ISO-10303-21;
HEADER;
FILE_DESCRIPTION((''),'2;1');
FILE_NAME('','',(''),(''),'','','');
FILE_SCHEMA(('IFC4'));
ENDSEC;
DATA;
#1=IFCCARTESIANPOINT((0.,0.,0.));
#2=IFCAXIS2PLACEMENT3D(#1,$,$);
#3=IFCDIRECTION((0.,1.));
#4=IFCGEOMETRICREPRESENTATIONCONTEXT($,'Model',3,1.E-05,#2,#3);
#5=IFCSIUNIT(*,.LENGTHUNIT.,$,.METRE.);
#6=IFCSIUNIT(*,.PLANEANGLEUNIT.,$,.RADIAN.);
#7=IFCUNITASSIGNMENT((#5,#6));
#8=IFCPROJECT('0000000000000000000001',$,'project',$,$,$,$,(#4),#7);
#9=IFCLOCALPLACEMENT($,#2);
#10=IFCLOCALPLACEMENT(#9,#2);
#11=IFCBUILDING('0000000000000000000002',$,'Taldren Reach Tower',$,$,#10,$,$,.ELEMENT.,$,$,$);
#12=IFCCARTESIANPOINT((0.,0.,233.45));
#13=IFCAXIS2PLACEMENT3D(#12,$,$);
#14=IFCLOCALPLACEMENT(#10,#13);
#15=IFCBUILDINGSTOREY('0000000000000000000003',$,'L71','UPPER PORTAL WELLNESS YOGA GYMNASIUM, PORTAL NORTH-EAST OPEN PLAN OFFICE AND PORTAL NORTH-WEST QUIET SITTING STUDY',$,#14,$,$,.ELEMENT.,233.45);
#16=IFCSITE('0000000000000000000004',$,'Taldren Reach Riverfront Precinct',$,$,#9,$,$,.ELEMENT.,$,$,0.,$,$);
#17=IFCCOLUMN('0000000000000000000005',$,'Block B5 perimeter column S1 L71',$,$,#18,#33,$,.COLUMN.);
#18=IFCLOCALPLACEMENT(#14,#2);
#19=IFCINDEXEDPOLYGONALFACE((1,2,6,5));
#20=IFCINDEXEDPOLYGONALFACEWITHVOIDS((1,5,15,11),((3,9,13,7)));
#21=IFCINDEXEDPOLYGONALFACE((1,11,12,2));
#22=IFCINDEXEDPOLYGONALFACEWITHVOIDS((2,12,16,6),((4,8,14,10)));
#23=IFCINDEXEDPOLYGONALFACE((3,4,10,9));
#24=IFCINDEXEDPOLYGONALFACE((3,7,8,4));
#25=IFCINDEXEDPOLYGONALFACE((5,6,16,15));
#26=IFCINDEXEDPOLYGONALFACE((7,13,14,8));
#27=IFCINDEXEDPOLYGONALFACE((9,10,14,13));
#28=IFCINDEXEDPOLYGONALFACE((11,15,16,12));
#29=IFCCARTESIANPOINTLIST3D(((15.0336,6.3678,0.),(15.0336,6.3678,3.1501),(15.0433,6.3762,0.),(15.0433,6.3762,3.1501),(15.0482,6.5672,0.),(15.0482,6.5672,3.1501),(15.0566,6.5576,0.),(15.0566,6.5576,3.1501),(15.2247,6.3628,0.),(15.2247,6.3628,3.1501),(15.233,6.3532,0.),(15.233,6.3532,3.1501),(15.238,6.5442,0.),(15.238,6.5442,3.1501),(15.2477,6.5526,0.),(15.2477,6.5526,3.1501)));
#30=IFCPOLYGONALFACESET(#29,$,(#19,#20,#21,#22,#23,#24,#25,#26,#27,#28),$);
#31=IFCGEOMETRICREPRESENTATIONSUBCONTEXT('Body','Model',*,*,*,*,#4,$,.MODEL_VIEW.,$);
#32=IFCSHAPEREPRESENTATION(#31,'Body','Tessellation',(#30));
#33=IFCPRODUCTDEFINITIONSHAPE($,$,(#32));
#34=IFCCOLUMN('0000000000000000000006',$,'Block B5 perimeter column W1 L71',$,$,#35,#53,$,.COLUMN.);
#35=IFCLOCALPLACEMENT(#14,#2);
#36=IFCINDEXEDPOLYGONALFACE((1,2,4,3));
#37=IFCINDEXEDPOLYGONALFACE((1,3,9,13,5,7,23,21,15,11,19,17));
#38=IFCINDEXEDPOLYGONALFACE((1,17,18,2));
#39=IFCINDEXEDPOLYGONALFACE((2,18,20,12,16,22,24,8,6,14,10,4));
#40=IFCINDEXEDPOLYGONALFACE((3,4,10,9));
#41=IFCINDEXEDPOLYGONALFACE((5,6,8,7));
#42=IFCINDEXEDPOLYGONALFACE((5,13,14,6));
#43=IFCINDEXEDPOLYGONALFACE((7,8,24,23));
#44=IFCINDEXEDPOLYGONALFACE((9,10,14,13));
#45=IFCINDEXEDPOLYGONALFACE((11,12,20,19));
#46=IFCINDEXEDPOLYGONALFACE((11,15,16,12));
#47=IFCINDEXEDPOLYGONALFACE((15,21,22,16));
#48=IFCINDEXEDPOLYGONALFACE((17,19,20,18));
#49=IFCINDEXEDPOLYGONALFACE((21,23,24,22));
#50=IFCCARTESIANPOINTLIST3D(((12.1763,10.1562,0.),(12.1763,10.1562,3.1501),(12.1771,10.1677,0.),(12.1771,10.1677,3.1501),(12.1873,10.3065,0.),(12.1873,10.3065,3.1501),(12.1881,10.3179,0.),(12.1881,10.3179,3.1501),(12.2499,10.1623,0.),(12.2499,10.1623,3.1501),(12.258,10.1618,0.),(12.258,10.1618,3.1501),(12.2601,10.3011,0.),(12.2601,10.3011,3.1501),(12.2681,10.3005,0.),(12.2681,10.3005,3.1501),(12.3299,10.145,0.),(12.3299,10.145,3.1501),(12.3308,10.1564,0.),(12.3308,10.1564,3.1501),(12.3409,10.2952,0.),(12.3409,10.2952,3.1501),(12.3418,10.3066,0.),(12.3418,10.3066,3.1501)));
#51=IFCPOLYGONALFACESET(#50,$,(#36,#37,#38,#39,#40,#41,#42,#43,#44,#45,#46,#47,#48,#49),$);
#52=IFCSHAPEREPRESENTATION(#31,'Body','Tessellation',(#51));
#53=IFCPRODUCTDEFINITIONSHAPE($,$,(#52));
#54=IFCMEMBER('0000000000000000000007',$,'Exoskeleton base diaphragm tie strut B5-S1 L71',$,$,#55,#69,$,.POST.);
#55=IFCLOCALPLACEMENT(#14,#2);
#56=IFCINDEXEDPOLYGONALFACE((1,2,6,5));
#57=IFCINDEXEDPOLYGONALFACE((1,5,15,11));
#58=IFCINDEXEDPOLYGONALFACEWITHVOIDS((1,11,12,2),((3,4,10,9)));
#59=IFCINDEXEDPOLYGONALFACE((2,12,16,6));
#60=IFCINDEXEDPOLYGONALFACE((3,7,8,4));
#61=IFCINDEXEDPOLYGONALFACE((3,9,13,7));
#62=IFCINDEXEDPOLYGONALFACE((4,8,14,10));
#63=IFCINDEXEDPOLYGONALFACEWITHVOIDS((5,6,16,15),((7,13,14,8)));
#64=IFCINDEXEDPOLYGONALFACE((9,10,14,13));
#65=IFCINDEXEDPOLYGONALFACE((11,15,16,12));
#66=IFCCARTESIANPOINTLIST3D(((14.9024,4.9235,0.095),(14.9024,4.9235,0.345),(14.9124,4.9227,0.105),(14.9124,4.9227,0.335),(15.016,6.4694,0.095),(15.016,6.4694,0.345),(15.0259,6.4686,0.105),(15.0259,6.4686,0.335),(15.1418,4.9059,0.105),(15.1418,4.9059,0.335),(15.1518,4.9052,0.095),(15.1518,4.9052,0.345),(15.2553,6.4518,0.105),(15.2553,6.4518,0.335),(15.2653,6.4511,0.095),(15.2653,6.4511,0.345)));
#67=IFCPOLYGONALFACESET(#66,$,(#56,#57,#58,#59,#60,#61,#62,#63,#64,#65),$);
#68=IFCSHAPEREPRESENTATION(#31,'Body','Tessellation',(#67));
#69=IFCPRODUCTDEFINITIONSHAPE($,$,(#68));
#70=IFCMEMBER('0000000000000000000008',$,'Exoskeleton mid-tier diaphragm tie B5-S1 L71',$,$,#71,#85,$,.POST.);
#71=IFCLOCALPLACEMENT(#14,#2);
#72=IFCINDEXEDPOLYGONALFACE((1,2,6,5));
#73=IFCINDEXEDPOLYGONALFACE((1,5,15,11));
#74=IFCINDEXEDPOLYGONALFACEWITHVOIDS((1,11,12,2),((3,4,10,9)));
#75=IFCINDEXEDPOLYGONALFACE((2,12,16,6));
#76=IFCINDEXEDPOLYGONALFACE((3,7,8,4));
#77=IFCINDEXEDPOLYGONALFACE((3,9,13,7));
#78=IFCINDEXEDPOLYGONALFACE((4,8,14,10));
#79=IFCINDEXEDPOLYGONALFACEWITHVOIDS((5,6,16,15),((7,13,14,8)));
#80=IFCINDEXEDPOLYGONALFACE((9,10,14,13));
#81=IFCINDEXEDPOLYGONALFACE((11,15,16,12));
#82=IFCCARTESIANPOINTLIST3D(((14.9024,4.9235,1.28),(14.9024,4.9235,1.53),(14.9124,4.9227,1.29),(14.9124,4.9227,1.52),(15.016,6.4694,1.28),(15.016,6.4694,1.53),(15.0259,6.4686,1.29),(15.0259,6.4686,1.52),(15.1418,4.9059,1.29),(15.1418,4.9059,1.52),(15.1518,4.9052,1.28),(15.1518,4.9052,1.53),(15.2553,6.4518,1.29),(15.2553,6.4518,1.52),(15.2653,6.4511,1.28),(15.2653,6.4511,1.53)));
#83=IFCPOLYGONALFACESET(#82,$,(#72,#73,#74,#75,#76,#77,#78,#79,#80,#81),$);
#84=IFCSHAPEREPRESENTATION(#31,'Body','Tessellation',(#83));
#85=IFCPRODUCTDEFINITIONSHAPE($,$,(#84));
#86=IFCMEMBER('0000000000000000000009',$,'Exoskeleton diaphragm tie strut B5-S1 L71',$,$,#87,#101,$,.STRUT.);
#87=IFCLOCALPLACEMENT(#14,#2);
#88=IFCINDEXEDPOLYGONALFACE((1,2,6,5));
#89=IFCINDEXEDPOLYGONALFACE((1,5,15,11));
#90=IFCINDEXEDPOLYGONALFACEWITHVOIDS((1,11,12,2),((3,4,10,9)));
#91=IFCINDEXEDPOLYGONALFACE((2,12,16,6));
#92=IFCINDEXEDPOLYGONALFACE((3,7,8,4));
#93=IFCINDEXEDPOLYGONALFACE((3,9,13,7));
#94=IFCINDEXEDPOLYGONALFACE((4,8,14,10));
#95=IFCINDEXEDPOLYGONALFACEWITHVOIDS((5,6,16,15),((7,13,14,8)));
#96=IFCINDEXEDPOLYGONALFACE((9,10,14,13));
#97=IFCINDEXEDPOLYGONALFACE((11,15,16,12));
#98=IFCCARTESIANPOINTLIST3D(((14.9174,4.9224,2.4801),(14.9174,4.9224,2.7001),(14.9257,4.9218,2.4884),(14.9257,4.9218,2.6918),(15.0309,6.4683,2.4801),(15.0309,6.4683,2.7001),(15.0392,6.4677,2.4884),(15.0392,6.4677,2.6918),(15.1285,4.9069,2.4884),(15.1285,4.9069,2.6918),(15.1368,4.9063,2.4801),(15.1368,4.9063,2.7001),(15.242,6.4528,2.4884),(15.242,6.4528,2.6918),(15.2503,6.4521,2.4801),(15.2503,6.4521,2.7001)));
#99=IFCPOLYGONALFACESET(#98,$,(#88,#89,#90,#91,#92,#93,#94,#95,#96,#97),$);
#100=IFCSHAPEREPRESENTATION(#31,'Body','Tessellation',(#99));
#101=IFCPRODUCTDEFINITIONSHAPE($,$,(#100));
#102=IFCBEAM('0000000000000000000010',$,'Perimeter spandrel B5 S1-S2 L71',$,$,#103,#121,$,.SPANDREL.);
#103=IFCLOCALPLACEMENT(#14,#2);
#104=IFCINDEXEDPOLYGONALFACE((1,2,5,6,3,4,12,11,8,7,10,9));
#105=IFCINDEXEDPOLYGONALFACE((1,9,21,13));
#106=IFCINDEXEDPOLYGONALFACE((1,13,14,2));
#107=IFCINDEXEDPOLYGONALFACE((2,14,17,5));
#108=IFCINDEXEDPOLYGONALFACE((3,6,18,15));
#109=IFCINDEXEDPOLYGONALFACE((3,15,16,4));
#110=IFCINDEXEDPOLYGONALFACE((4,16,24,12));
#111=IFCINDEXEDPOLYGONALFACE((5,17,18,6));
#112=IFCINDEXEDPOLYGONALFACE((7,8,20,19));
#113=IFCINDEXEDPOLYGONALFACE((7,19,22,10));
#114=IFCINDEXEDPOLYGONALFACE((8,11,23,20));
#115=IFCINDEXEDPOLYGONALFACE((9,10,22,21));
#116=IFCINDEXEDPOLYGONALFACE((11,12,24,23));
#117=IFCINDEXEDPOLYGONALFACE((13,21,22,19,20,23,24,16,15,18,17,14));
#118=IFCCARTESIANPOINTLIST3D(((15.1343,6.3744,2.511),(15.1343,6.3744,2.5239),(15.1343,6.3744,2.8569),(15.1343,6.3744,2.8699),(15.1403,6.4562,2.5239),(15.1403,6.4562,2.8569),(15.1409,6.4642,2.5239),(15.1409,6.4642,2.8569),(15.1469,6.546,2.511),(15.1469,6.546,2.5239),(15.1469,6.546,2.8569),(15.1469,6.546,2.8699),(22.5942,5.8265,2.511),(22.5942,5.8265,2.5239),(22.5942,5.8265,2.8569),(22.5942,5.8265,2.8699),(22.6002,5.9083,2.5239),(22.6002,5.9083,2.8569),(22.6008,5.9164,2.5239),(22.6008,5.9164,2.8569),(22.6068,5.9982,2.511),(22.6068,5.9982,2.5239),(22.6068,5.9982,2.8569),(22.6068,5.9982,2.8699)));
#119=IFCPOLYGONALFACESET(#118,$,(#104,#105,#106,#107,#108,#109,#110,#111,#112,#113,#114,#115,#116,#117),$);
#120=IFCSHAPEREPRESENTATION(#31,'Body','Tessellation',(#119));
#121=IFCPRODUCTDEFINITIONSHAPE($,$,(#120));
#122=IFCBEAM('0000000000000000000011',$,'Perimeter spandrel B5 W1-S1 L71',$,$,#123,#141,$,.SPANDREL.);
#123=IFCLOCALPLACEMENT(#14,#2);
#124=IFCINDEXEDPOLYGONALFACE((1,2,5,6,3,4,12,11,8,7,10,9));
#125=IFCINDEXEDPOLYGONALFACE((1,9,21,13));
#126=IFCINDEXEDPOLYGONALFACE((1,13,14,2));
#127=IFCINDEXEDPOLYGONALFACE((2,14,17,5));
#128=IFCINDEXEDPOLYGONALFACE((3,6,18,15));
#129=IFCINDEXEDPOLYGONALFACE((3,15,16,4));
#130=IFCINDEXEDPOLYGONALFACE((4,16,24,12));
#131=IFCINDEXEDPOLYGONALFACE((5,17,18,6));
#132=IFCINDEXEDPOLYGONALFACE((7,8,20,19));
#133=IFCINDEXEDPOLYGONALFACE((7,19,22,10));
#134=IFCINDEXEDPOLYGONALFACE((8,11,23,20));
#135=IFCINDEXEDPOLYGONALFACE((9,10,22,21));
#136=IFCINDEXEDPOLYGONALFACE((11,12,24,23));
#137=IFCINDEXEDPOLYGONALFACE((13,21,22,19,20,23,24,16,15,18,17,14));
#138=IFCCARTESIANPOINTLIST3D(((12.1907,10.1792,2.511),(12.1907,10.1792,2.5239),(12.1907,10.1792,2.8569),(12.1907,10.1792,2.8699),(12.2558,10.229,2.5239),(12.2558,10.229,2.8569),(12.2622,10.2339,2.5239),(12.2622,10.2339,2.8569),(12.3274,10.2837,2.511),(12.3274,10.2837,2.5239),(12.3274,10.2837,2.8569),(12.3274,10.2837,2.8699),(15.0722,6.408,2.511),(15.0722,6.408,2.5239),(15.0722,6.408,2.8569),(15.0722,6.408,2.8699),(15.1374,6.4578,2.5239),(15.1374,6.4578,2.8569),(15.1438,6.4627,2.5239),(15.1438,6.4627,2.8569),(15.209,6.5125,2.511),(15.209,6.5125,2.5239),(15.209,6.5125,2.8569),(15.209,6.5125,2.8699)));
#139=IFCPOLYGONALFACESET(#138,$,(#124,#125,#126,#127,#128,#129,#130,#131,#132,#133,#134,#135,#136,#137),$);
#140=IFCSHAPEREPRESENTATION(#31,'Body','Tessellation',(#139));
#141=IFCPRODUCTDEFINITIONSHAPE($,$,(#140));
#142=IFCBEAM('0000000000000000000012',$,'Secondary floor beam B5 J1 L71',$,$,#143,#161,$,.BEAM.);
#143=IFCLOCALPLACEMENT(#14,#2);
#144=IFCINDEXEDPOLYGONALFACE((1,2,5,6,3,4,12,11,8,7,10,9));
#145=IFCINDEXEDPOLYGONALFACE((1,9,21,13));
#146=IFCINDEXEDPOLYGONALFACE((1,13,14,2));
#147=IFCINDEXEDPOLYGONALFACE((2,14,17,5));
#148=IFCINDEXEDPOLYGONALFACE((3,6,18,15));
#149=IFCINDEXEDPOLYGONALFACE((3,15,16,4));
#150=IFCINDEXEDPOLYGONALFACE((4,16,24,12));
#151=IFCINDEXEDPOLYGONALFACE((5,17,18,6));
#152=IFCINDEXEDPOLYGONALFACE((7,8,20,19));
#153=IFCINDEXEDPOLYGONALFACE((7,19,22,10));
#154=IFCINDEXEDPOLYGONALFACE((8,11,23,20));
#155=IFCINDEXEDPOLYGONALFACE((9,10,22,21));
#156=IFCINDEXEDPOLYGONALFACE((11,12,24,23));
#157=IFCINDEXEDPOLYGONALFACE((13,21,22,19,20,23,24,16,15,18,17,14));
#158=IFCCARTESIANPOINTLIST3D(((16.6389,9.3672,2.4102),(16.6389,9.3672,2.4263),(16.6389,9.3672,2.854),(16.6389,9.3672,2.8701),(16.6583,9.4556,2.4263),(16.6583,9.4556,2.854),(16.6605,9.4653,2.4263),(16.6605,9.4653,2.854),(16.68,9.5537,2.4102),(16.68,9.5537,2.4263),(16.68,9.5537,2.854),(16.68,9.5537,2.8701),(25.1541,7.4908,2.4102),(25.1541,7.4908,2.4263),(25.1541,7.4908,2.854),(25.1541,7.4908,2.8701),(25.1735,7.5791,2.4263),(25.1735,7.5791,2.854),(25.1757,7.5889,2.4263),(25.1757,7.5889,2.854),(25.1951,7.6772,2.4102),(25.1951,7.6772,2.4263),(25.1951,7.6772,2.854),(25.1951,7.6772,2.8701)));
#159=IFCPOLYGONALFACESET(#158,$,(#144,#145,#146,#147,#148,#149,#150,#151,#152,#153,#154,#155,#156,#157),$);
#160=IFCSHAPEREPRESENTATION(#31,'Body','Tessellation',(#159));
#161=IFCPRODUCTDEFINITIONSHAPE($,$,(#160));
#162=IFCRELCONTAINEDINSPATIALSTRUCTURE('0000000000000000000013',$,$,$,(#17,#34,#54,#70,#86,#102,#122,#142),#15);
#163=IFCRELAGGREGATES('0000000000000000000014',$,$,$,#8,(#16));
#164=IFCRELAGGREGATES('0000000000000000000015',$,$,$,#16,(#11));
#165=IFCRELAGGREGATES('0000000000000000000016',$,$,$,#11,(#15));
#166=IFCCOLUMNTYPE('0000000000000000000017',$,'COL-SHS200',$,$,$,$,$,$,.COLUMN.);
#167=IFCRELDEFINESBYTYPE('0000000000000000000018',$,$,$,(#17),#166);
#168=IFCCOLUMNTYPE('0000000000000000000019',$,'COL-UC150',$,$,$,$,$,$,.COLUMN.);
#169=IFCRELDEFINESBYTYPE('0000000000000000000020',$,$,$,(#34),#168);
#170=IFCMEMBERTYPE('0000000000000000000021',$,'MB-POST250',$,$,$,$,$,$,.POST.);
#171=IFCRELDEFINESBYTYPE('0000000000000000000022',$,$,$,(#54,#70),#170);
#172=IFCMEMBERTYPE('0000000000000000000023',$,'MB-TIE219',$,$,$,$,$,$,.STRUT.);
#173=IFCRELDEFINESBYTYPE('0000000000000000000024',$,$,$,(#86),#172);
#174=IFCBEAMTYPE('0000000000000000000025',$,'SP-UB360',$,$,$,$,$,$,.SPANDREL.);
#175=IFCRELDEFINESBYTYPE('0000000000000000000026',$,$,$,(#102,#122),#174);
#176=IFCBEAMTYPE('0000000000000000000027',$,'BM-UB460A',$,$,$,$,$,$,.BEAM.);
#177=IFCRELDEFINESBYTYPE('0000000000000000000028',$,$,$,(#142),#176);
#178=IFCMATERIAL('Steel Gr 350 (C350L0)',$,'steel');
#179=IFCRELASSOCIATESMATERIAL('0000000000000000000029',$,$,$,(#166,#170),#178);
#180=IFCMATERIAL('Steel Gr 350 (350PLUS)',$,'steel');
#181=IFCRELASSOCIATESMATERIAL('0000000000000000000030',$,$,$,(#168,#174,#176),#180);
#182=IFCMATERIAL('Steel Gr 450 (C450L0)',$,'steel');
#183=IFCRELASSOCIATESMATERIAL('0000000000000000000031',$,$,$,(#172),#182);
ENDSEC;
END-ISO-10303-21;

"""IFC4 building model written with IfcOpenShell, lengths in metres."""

from ifc_helpers import new_model, si_unit, direction, frame, origin, origin_2d, place, context, subcontext, project, spatial, hollow_rectangle, i_section, extrude, source, transform, mapped, material, material_profile, profile_set, type_object, element, save


model = new_model("IFC4")

# Units and contexts
model_context = context("Model", 3, precision=1e-05, world=origin(), true_north=direction((0.0, 1.0)))
body_context = subcontext(model_context, "Body", "Model", "MODEL_VIEW")
ifc_project = project(units=[si_unit("LENGTHUNIT", "METRE"), si_unit("PLANEANGLEUNIT", "RADIAN")], contexts=[model_context])

# Site, building, storey
site_placement = place(None, origin())
site = spatial("IfcSite", under=ifc_project, at=site_placement, Name="Taldren Reach Riverfront Precinct", CompositionType="ELEMENT", RefElevation=0.0)
building_placement = place(site_placement, origin())
building = spatial("IfcBuilding", under=site, at=building_placement, Name="Taldren Reach Tower", CompositionType="ELEMENT")
storey_placement = place(building_placement, frame((0.0, 0.0, 233.45)))
storey = spatial("IfcBuildingStorey", under=building, at=storey_placement, Name="L71", Description="UPPER PORTAL WELLNESS YOGA GYMNASIUM, PORTAL NORTH-EAST OPEN PLAN OFFICE AND PORTAL NORTH-WEST QUIET SITTING STUDY", CompositionType="ELEMENT", Elevation=233.45)

# Columns
ifc_material_1 = material(Name="Steel Gr 350 (C350L0)", Category="steel")
ifc_material_profile_1 = material_profile(ifc_material_1, hollow_rectangle(XDim=0.2, YDim=0.2, WallThickness=0.009, at=origin_2d()), Name="200x200x9.0SHS")
ifc_profile_set_1 = profile_set([ifc_material_profile_1], Name="Steel Gr 350 (C350L0)")
column_type_1 = type_object("IfcColumnType", Name="COL-SHS200", PredefinedType="COLUMN", material=ifc_profile_set_1)
shared_shape_1 = source(origin(), body_context, "Body", "SweptSolid", [
    extrude(hollow_rectangle(XDim=0.2, YDim=0.2, WallThickness=0.009, at=origin_2d()), origin(), (0.0, 0.0, 1.0), 3.1501),
])
column_1_placement = place(storey_placement, frame((15.1406, 6.4602, 0.0), z_axis=(0.0, 0.0, 1.0), x_axis=(0.997314, -0.073238, 0.0)))
element("IfcColumn", 1, at=column_1_placement, inside=storey, type_object=column_type_1, Name="Block B5 perimeter column S1 L71", PredefinedType="COLUMN", context=body_context, shape_type="MappedRepresentation", body=[
    mapped(shared_shape_1, transform((0.0, 0.0, 0.0), scale=1.0)),
])
ifc_material_2 = material(Name="Steel Gr 350 (350PLUS)", Category="steel")
ifc_material_profile_2 = material_profile(ifc_material_2, i_section(OverallWidth=0.1541, OverallDepth=0.1621, WebThickness=0.0081, FlangeThickness=0.0115, at=origin_2d()), Name="150UC37.2")
ifc_profile_set_2 = profile_set([ifc_material_profile_2], Name="Steel Gr 350 (350PLUS)")
column_type_2 = type_object("IfcColumnType", Name="COL-UC150", PredefinedType="COLUMN", material=ifc_profile_set_2)
shared_shape_2 = source(origin(), body_context, "Body", "SweptSolid", [
    extrude(i_section(OverallWidth=0.1541, OverallDepth=0.1621, WebThickness=0.0081, FlangeThickness=0.0115, at=origin_2d()), origin(), (0.0, 0.0, 1.0), 3.1501),
])
column_2_placement = place(storey_placement, frame((12.259, 10.2314, 0.0), z_axis=(0.0, 0.0, 1.0), x_axis=(0.997314, -0.073238, 0.0)))
element("IfcColumn", 2, at=column_2_placement, inside=storey, type_object=column_type_2, Name="Block B5 perimeter column W1 L71", PredefinedType="COLUMN", context=body_context, shape_type="MappedRepresentation", body=[
    mapped(shared_shape_2, transform((0.0, 0.0, 0.0), scale=1.0)),
])

# Members
ifc_material_profile_3 = material_profile(ifc_material_1, hollow_rectangle(XDim=0.25, YDim=0.25, WallThickness=0.01, at=origin_2d()), Name="250x250x10.0SHS")
ifc_profile_set_3 = profile_set([ifc_material_profile_3], Name="Steel Gr 350 (C350L0)")
member_type_1 = type_object("IfcMemberType", Name="MB-POST250", PredefinedType="POST", material=ifc_profile_set_3)
shared_shape_3 = source(origin(), body_context, "Body", "SweptSolid", [
    extrude(hollow_rectangle(XDim=0.25, YDim=0.25, WallThickness=0.01, at=origin_2d()), origin(), (0.0, 0.0, 1.0), 1.55),
])
for number, where, z_axis, x_axis, name in (
    (3, (15.1406, 6.4602, 0.22), (-0.073239, -0.997314, 0.0), (0.997314, -0.073239, 0.0), "Exoskeleton base diaphragm tie strut B5-S1 L71"),
    (4, (15.1406, 6.4602, 1.405), (-0.073239, -0.997314, 0.0), (0.997314, -0.073239, 0.0), "Exoskeleton mid-tier diaphragm tie B5-S1 L71"),
):
    element("IfcMember", number, at=place(storey_placement, frame(where, z_axis=z_axis, x_axis=x_axis)), inside=storey, type_object=member_type_1, Name=name, PredefinedType="POST", context=body_context, shape_type="MappedRepresentation", body=[
        mapped(shared_shape_3, transform((0.0, 0.0, 0.0), scale=1.0)),
    ])
ifc_material_3 = material(Name="Steel Gr 450 (C450L0)", Category="steel")
ifc_material_profile_4 = material_profile(ifc_material_3, hollow_rectangle(XDim=0.22, YDim=0.22, WallThickness=0.0083, at=origin_2d()), Name="220x220x8.2SHS")
ifc_profile_set_4 = profile_set([ifc_material_profile_4], Name="Steel Gr 450 (C450L0)")
member_type_2 = type_object("IfcMemberType", Name="MB-TIE219", PredefinedType="STRUT", material=ifc_profile_set_4)
shared_shape_4 = source(origin(), body_context, "Body", "SweptSolid", [
    extrude(hollow_rectangle(XDim=0.22, YDim=0.22, WallThickness=0.0083, at=origin_2d()), origin(), (0.0, 0.0, 1.0), 1.55),
])
member_1_placement = place(storey_placement, frame((15.1406, 6.4602, 2.5901), z_axis=(-0.073239, -0.997314, 0.0), x_axis=(0.997314, -0.073239, 0.0)))
element("IfcMember", 5, at=member_1_placement, inside=storey, type_object=member_type_2, Name="Exoskeleton diaphragm tie strut B5-S1 L71", PredefinedType="STRUT", context=body_context, shape_type="MappedRepresentation", body=[
    mapped(shared_shape_4, transform((0.0, 0.0, 0.0), scale=1.0)),
])

# Beams
ifc_material_profile_5 = material_profile(ifc_material_2, i_section(OverallWidth=0.1721, OverallDepth=0.3589, WebThickness=0.0081, FlangeThickness=0.0129, at=origin_2d()), Name="360UB56.7")
ifc_profile_set_5 = profile_set([ifc_material_profile_5], Name="Steel Gr 350 (350PLUS)")
beam_type_1 = type_object("IfcBeamType", Name="SP-UB360", PredefinedType="SPANDREL", material=ifc_profile_set_5)
shared_shape_5 = source(origin(), body_context, "Body", "SweptSolid", [
    extrude(i_section(OverallWidth=0.1721, OverallDepth=0.3589, WebThickness=0.0081, FlangeThickness=0.0129, at=origin_2d()), origin(), (0.0, 0.0, 1.0), 7.48),
])
beam_1_placement = place(storey_placement, frame((15.1406, 6.4602, 2.6904), z_axis=(0.997314, -0.073242, 0.0), x_axis=(0.073242, 0.997314, 0.0)))
element("IfcBeam", 6, at=beam_1_placement, inside=storey, type_object=beam_type_1, Name="Perimeter spandrel B5 S1-S2 L71", PredefinedType="SPANDREL", context=body_context, shape_type="MappedRepresentation", body=[
    mapped(shared_shape_5, transform((0.0, 0.0, 0.0), scale=1.0)),
])
shared_shape_6 = source(origin(), body_context, "Body", "SweptSolid", [
    extrude(i_section(OverallWidth=0.1721, OverallDepth=0.3589, WebThickness=0.0081, FlangeThickness=0.0129, at=origin_2d()), origin(), (0.0, 0.0, 1.0), 4.7461),
])
beam_2_placement = place(storey_placement, frame((12.259, 10.2314, 2.6904), z_axis=(0.607145, -0.794591, 0.0), x_axis=(0.794591, 0.607145, 0.0)))
element("IfcBeam", 7, at=beam_2_placement, inside=storey, type_object=beam_type_1, Name="Perimeter spandrel B5 W1-S1 L71", PredefinedType="SPANDREL", context=body_context, shape_type="MappedRepresentation", body=[
    mapped(shared_shape_6, transform((0.0, 0.0, 0.0), scale=1.0)),
])
ifc_material_profile_6 = material_profile(ifc_material_2, i_section(OverallWidth=0.1909, OverallDepth=0.46, WebThickness=0.01, FlangeThickness=0.0161, at=origin_2d()), Name="460UB82.1")
ifc_profile_set_6 = profile_set([ifc_material_profile_6], Name="Steel Gr 350 (350PLUS)")
beam_type_2 = type_object("IfcBeamType", Name="BM-UB460A", PredefinedType="BEAM", material=ifc_profile_set_6)
shared_shape_7 = source(origin(), body_context, "Body", "SweptSolid", [
    extrude(i_section(OverallWidth=0.1909, OverallDepth=0.46, WebThickness=0.01, FlangeThickness=0.0161, at=origin_2d()), origin(), (0.0, 0.0, 1.0), 8.7195),
])
beam_3_placement = place(storey_placement, frame((16.6594, 9.4604, 2.6401), z_axis=(0.976569, -0.215205, 0.0), x_axis=(0.215205, 0.976569, 0.0)))
element("IfcBeam", 8, at=beam_3_placement, inside=storey, type_object=beam_type_2, Name="Secondary floor beam B5 J1 L71", PredefinedType="BEAM", context=body_context, shape_type="MappedRepresentation", body=[
    mapped(shared_shape_7, transform((0.0, 0.0, 0.0), scale=1.0)),
])

save(model, "model.ifc")
